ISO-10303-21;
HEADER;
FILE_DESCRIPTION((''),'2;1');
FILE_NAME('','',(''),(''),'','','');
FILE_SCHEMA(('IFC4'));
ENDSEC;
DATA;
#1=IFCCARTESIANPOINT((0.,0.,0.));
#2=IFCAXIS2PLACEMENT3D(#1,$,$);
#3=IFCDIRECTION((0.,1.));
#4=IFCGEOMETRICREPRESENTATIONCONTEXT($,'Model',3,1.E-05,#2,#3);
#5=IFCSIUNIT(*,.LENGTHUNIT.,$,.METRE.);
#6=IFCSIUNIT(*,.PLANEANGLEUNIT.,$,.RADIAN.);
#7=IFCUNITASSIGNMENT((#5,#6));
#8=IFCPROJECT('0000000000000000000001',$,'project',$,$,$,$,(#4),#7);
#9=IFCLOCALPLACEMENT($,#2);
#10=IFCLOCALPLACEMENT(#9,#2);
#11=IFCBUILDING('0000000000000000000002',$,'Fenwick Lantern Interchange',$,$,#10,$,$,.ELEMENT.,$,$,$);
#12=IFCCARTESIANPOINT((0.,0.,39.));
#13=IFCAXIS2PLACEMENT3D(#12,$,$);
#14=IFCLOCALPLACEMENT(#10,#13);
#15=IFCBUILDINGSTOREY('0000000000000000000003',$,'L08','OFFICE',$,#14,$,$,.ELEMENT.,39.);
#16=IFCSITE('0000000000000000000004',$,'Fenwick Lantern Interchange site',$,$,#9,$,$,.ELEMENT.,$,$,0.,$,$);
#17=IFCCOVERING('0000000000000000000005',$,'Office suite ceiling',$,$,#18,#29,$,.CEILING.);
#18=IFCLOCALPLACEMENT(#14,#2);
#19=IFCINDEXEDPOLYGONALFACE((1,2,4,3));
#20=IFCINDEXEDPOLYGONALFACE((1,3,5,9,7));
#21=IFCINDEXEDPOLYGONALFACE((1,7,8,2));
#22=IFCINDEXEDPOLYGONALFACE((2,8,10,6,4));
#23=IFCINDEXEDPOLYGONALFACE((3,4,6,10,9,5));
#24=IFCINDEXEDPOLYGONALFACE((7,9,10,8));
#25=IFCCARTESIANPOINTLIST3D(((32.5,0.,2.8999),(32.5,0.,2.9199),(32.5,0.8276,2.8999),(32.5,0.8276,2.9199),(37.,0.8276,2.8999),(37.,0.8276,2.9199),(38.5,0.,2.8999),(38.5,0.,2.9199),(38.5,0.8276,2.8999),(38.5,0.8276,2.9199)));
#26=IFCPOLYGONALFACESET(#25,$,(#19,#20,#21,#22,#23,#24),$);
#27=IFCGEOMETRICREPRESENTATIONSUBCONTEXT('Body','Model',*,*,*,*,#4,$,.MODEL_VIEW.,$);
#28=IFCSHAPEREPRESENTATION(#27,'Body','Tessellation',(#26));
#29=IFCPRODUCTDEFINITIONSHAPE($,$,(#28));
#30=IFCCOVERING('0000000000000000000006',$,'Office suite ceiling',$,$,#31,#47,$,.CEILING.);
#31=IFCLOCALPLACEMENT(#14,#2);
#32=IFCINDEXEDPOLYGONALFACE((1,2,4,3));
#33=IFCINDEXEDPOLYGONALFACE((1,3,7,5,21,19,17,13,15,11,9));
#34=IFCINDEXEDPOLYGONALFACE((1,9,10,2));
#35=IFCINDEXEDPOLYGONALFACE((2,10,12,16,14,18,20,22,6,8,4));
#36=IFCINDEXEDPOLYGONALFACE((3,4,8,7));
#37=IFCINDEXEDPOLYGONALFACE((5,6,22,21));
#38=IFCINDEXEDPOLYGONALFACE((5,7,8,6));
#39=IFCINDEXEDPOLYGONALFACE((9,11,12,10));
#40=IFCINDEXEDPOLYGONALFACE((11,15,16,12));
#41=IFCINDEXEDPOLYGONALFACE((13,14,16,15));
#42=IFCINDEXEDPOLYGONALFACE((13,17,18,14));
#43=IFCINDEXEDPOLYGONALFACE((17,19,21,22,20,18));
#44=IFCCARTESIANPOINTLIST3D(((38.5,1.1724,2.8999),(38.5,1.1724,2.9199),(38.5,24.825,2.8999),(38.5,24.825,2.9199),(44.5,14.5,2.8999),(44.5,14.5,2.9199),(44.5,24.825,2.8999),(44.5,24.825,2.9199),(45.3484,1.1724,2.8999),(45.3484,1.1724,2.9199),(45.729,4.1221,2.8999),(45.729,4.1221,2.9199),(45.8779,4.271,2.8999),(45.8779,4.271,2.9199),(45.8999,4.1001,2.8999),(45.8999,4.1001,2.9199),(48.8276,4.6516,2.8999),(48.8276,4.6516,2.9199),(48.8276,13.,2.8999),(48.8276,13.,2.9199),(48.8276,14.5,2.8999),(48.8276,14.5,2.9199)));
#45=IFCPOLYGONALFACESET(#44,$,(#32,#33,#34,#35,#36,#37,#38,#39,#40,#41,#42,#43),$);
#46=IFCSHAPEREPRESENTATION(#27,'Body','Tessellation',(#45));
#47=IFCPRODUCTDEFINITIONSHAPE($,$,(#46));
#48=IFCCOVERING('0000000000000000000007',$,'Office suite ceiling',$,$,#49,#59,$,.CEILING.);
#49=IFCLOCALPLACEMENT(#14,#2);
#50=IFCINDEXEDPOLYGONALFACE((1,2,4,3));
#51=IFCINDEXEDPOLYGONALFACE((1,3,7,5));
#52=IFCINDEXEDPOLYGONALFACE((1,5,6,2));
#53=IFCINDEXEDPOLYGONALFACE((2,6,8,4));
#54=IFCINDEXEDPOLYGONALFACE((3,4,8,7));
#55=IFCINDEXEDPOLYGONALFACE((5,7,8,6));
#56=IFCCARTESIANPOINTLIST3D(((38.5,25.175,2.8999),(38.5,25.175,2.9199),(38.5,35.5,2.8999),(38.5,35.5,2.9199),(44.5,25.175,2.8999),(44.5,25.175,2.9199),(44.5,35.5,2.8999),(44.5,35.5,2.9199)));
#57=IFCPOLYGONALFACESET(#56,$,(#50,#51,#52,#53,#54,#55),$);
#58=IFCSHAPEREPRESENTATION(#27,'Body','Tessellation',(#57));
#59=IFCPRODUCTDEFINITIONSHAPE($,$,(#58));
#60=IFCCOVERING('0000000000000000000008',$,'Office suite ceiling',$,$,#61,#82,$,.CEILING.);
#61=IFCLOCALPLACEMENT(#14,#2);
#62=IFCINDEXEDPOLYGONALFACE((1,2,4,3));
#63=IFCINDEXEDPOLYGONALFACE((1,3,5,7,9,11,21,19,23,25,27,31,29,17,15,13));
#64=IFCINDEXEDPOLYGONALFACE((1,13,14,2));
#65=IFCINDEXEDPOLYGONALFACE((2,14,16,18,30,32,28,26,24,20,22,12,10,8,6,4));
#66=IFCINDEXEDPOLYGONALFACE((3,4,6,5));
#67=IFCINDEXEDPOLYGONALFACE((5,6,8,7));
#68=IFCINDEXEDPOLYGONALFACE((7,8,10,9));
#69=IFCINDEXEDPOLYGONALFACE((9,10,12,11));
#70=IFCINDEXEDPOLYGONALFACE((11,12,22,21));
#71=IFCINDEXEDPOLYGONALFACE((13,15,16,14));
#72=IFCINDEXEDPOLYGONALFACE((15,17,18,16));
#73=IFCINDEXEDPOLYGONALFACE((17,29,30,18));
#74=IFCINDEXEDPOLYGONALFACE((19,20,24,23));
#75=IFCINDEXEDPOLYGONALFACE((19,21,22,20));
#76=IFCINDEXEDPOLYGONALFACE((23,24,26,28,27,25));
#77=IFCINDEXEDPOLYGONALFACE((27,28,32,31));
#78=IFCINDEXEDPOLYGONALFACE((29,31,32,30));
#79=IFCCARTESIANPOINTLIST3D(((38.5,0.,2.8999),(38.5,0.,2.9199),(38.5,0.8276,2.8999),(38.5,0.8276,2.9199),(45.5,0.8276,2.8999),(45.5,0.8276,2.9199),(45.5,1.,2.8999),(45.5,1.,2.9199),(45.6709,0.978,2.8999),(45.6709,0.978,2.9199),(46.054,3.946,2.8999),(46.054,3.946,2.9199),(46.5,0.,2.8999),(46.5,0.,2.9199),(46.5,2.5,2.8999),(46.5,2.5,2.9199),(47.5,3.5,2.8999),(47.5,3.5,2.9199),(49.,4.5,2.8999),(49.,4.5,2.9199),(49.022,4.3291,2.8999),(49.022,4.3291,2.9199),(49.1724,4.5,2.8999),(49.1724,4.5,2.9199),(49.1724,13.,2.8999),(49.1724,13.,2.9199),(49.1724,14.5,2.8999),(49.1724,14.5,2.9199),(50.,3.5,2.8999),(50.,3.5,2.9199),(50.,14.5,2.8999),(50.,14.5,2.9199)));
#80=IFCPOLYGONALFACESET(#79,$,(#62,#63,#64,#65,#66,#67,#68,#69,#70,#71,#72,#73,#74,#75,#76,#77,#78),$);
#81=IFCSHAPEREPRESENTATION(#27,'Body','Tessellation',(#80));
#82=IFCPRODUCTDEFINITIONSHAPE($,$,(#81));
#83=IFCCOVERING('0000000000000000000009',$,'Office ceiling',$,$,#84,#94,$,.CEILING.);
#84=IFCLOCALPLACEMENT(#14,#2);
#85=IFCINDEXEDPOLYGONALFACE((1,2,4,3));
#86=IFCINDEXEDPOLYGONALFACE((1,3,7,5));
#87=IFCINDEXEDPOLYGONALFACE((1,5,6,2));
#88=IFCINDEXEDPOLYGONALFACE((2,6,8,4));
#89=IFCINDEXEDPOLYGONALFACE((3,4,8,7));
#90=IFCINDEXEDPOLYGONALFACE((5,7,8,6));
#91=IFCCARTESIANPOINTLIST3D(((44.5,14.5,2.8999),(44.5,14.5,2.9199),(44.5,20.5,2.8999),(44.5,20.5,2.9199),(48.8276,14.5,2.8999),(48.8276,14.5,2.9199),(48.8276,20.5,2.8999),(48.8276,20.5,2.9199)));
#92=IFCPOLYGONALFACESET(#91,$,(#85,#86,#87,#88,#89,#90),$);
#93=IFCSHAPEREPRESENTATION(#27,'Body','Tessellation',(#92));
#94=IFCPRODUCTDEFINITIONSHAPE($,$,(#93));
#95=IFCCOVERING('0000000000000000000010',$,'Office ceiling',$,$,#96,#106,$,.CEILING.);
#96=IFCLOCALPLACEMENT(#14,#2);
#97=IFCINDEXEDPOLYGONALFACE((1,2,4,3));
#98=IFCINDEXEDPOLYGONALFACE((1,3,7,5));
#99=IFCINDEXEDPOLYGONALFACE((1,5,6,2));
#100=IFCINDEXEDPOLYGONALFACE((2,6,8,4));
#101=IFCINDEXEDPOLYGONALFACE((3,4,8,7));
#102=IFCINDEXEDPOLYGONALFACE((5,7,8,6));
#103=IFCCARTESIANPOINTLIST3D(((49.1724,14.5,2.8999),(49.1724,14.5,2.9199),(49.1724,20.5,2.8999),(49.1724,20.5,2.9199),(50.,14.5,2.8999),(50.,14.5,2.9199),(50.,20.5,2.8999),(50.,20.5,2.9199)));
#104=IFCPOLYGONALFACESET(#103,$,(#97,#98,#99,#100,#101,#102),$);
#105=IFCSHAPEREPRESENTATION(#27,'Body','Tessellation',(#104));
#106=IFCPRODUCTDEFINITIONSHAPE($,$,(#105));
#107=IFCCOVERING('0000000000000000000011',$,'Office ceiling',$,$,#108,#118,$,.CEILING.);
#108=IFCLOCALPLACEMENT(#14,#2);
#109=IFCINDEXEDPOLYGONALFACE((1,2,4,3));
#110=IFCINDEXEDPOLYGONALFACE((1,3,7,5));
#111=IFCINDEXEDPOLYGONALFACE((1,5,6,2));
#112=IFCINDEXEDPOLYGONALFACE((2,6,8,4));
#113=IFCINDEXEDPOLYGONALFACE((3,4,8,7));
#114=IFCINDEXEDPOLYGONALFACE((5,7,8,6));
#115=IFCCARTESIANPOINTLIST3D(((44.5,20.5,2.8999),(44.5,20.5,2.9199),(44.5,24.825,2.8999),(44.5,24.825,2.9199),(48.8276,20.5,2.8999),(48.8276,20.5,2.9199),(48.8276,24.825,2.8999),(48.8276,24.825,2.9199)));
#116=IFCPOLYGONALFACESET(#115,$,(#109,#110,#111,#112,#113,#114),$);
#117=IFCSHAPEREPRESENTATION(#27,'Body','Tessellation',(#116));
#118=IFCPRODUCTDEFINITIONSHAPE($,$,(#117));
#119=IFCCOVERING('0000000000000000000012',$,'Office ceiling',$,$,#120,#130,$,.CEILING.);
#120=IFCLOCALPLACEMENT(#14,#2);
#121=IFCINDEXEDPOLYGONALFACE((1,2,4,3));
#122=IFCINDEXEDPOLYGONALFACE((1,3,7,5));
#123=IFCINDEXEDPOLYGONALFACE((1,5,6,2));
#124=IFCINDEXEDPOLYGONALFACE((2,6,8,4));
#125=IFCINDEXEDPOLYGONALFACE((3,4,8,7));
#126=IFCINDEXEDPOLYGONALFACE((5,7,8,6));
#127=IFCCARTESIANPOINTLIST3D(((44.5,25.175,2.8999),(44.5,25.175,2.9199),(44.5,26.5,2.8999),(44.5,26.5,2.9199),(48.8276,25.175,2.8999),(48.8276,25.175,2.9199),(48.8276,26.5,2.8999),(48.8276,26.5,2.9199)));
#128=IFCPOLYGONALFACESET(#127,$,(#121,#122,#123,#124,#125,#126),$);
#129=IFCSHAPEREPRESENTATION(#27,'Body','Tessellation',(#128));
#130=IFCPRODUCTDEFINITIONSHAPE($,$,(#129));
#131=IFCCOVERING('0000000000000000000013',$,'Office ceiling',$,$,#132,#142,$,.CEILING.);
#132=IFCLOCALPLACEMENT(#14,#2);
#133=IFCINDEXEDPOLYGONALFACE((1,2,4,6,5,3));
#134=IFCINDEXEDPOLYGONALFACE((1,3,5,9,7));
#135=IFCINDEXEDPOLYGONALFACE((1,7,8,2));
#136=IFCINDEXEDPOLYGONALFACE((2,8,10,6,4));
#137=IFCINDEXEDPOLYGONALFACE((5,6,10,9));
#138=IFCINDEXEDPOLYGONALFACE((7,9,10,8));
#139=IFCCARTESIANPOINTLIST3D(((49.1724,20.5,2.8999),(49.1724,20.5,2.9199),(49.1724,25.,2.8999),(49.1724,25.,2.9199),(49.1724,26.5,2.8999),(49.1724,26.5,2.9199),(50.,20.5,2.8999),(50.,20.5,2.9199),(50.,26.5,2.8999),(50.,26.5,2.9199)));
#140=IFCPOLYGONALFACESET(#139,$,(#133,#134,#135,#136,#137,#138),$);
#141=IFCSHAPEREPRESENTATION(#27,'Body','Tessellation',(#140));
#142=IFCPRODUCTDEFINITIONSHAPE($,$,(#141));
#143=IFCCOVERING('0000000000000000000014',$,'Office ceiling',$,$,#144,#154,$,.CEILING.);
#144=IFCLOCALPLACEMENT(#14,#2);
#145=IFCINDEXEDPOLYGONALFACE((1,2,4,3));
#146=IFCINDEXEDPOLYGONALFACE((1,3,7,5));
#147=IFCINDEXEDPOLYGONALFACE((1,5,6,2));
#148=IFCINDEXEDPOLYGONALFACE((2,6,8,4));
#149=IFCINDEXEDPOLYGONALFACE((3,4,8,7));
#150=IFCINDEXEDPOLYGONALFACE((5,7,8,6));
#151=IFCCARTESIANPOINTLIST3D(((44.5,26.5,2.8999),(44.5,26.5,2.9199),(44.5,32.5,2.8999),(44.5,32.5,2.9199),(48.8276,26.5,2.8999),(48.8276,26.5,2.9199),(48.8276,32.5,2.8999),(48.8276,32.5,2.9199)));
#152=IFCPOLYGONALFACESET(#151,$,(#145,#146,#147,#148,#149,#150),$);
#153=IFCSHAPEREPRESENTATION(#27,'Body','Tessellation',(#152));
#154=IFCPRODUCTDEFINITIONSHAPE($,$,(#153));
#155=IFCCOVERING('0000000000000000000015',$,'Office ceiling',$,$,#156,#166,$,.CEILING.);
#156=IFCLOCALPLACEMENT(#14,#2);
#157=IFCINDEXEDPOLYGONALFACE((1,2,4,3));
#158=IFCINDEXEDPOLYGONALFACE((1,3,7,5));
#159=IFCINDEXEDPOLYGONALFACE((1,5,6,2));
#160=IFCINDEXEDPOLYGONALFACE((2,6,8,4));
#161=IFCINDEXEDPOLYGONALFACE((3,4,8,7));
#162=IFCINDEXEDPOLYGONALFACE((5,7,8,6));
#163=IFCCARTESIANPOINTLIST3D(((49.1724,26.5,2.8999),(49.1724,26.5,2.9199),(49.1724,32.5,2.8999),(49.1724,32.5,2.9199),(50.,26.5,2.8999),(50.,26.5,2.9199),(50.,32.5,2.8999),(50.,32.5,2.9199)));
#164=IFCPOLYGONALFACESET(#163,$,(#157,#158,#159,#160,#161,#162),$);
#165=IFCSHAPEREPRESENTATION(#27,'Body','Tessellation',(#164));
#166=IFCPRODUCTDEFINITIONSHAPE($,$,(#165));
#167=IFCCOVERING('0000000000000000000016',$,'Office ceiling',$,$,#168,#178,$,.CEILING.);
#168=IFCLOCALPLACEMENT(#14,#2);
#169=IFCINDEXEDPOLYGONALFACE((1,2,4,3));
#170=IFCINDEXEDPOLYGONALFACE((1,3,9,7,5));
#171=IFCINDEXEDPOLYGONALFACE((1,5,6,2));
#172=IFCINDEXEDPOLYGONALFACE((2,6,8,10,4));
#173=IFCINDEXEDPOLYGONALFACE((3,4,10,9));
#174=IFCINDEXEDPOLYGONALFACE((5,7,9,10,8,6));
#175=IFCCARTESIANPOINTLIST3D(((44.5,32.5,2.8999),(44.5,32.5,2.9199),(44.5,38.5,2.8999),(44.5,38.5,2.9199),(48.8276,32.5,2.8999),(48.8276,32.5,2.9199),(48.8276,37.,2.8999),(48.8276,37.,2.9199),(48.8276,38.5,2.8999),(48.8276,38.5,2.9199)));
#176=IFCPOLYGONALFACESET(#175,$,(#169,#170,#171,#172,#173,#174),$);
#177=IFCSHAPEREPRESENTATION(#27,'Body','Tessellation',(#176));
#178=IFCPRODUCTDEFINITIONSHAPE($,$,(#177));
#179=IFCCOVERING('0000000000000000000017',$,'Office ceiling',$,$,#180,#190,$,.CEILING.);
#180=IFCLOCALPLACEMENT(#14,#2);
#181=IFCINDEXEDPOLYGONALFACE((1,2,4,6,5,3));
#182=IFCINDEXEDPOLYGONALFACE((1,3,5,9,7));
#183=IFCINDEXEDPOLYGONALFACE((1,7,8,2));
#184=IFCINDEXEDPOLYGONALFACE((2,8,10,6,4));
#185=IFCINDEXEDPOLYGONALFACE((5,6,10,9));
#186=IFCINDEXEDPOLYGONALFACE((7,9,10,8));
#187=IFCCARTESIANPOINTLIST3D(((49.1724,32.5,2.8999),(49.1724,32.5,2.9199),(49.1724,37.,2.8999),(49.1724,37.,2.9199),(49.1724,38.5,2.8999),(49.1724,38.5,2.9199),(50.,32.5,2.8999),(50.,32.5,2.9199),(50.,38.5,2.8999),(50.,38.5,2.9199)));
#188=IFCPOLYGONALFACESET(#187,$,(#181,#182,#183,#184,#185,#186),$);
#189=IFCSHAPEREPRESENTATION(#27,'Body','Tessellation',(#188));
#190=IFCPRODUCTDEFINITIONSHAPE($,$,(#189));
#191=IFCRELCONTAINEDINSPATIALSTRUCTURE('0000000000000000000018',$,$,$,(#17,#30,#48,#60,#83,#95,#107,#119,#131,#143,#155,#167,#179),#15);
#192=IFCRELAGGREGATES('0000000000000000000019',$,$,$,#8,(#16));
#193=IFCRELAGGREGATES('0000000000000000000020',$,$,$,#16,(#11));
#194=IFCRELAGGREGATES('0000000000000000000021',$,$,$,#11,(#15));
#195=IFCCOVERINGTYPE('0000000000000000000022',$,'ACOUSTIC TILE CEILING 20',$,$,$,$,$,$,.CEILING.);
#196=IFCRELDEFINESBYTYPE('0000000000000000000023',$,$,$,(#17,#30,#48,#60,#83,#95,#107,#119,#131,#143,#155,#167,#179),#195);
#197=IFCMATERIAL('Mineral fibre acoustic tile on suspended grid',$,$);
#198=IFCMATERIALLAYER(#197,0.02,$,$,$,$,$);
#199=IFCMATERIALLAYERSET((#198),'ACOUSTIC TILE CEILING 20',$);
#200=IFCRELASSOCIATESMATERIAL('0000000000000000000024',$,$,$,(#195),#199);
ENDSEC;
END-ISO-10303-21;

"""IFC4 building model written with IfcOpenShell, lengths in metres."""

from ifc_helpers import new_model, si_unit, direction, frame, origin, place, context, subcontext, project, spatial, polyline, outline, extrude, material, layer, layer_set, type_object, element, save


model = new_model("IFC4")

# Units and contexts
model_context = context("Model", 3, precision=1e-05, world=origin(), true_north=direction((0.0, 1.0)))
body_context = subcontext(model_context, "Body", "Model", "MODEL_VIEW")
ifc_project = project(units=[si_unit("LENGTHUNIT", "METRE"), si_unit("PLANEANGLEUNIT", "RADIAN")], contexts=[model_context])

# Site, building, storey
site_placement = place(None, origin())
site = spatial("IfcSite", under=ifc_project, at=site_placement, Name="Fenwick Lantern Interchange site", CompositionType="ELEMENT", RefElevation=0.0)
building_placement = place(site_placement, origin())
building = spatial("IfcBuilding", under=site, at=building_placement, Name="Fenwick Lantern Interchange", CompositionType="ELEMENT")
storey_placement = place(building_placement, frame((0.0, 0.0, 39.0)))
storey = spatial("IfcBuildingStorey", under=building, at=storey_placement, Name="L08", Description="OFFICE", CompositionType="ELEMENT", Elevation=39.0)

# Coverings
ifc_material = material(Name="Mineral fibre acoustic tile on suspended grid")
ifc_layer = layer(ifc_material, 0.02)
ifc_layer_set = layer_set([ifc_layer], Name="ACOUSTIC TILE CEILING 20")
covering_type = type_object("IfcCoveringType", Name="ACOUSTIC TILE CEILING 20", PredefinedType="CEILING", material=ifc_layer_set)
covering_1_placement = place(storey_placement, frame((0.0, 0.0, 2.8999)))
element("IfcCovering", 1, at=covering_1_placement, inside=storey, type_object=covering_type, Name="Office suite ceiling", PredefinedType="CEILING", context=body_context, shape_type="SweptSolid", body=[
    extrude(outline(polyline([(32.5, 0.0), (38.5, 0.0), (38.5, 0.8276), (37.0, 0.8276), (32.5, 0.8276), (32.5, 0.0)])), origin(), (0.0, 0.0, 1.0), 0.02),
])
covering_2_placement = place(storey_placement, frame((0.0, 0.0, 2.8999)))
element("IfcCovering", 2, at=covering_2_placement, inside=storey, type_object=covering_type, Name="Office suite ceiling", PredefinedType="CEILING", context=body_context, shape_type="SweptSolid", body=[
    extrude(outline(polyline([(38.5, 24.825), (38.5, 1.1724), (45.3484, 1.1724), (45.729, 4.1221), (45.8999, 4.1001), (45.8779, 4.271), (48.8276, 4.6516), (48.8276, 13.0), (48.8276, 14.5), (44.5, 14.5), (44.5, 24.825), (38.5, 24.825)])), origin(), (0.0, 0.0, 1.0), 0.02),
])
covering_3_placement = place(storey_placement, frame((0.0, 0.0, 2.8999)))
element("IfcCovering", 3, at=covering_3_placement, inside=storey, type_object=covering_type, Name="Office suite ceiling", PredefinedType="CEILING", context=body_context, shape_type="SweptSolid", body=[
    extrude(outline(polyline([(38.5, 35.5), (38.5, 25.175), (44.5, 25.175), (44.5, 35.5), (38.5, 35.5)])), origin(), (0.0, 0.0, 1.0), 0.02),
])
covering_4_placement = place(storey_placement, frame((0.0, 0.0, 2.8999)))
element("IfcCovering", 4, at=covering_4_placement, inside=storey, type_object=covering_type, Name="Office suite ceiling", PredefinedType="CEILING", context=body_context, shape_type="SweptSolid", body=[
    extrude(outline(polyline([(38.5, 0.0), (46.5, 0.0), (46.5, 2.5), (47.5, 3.5), (50.0, 3.5), (50.0, 14.5), (49.1724, 14.5), (49.1724, 13.0), (49.1724, 4.5), (49.0, 4.5), (49.022, 4.3291), (46.054, 3.946), (45.6709, 0.978), (45.5, 1.0), (45.5, 0.8276), (38.5, 0.8276), (38.5, 0.0)])), origin(), (0.0, 0.0, 1.0), 0.02),
])
covering_5_placement = place(storey_placement, frame((0.0, 0.0, 2.8999)))
element("IfcCovering", 5, at=covering_5_placement, inside=storey, type_object=covering_type, Name="Office ceiling", PredefinedType="CEILING", context=body_context, shape_type="SweptSolid", body=[
    extrude(outline(polyline([(44.5, 14.5), (48.8276, 14.5), (48.8276, 20.5), (44.5, 20.5), (44.5, 14.5)])), origin(), (0.0, 0.0, 1.0), 0.02),
])
covering_6_placement = place(storey_placement, frame((0.0, 0.0, 2.8999)))
element("IfcCovering", 6, at=covering_6_placement, inside=storey, type_object=covering_type, Name="Office ceiling", PredefinedType="CEILING", context=body_context, shape_type="SweptSolid", body=[
    extrude(outline(polyline([(50.0, 20.5), (49.1724, 20.5), (49.1724, 14.5), (50.0, 14.5), (50.0, 20.5)])), origin(), (0.0, 0.0, 1.0), 0.02),
])
covering_7_placement = place(storey_placement, frame((0.0, 0.0, 2.8999)))
element("IfcCovering", 7, at=covering_7_placement, inside=storey, type_object=covering_type, Name="Office ceiling", PredefinedType="CEILING", context=body_context, shape_type="SweptSolid", body=[
    extrude(outline(polyline([(44.5, 20.5), (48.8276, 20.5), (48.8276, 24.825), (44.5, 24.825), (44.5, 20.5)])), origin(), (0.0, 0.0, 1.0), 0.02),
])
covering_8_placement = place(storey_placement, frame((0.0, 0.0, 2.8999)))
element("IfcCovering", 8, at=covering_8_placement, inside=storey, type_object=covering_type, Name="Office ceiling", PredefinedType="CEILING", context=body_context, shape_type="SweptSolid", body=[
    extrude(outline(polyline([(44.5, 26.5), (44.5, 25.175), (48.8276, 25.175), (48.8276, 26.5), (44.5, 26.5)])), origin(), (0.0, 0.0, 1.0), 0.02),
])
covering_9_placement = place(storey_placement, frame((0.0, 0.0, 2.8999)))
element("IfcCovering", 9, at=covering_9_placement, inside=storey, type_object=covering_type, Name="Office ceiling", PredefinedType="CEILING", context=body_context, shape_type="SweptSolid", body=[
    extrude(outline(polyline([(50.0, 26.5), (49.1724, 26.5), (49.1724, 25.0), (49.1724, 20.5), (50.0, 20.5), (50.0, 26.5)])), origin(), (0.0, 0.0, 1.0), 0.02),
])
covering_10_placement = place(storey_placement, frame((0.0, 0.0, 2.8999)))
element("IfcCovering", 10, at=covering_10_placement, inside=storey, type_object=covering_type, Name="Office ceiling", PredefinedType="CEILING", context=body_context, shape_type="SweptSolid", body=[
    extrude(outline(polyline([(44.5, 26.5), (48.8276, 26.5), (48.8276, 32.5), (44.5, 32.5), (44.5, 26.5)])), origin(), (0.0, 0.0, 1.0), 0.02),
])
covering_11_placement = place(storey_placement, frame((0.0, 0.0, 2.8999)))
element("IfcCovering", 11, at=covering_11_placement, inside=storey, type_object=covering_type, Name="Office ceiling", PredefinedType="CEILING", context=body_context, shape_type="SweptSolid", body=[
    extrude(outline(polyline([(50.0, 32.5), (49.1724, 32.5), (49.1724, 26.5), (50.0, 26.5), (50.0, 32.5)])), origin(), (0.0, 0.0, 1.0), 0.02),
])
covering_12_placement = place(storey_placement, frame((0.0, 0.0, 2.8999)))
element("IfcCovering", 12, at=covering_12_placement, inside=storey, type_object=covering_type, Name="Office ceiling", PredefinedType="CEILING", context=body_context, shape_type="SweptSolid", body=[
    extrude(outline(polyline([(44.5, 32.5), (48.8276, 32.5), (48.8276, 37.0), (48.8276, 38.5), (44.5, 38.5), (44.5, 32.5)])), origin(), (0.0, 0.0, 1.0), 0.02),
])
covering_13_placement = place(storey_placement, frame((0.0, 0.0, 2.8999)))
element("IfcCovering", 13, at=covering_13_placement, inside=storey, type_object=covering_type, Name="Office ceiling", PredefinedType="CEILING", context=body_context, shape_type="SweptSolid", body=[
    extrude(outline(polyline([(50.0, 38.5), (49.1724, 38.5), (49.1724, 37.0), (49.1724, 32.5), (50.0, 32.5), (50.0, 38.5)])), origin(), (0.0, 0.0, 1.0), 0.02),
])

save(model, "model.ifc")
